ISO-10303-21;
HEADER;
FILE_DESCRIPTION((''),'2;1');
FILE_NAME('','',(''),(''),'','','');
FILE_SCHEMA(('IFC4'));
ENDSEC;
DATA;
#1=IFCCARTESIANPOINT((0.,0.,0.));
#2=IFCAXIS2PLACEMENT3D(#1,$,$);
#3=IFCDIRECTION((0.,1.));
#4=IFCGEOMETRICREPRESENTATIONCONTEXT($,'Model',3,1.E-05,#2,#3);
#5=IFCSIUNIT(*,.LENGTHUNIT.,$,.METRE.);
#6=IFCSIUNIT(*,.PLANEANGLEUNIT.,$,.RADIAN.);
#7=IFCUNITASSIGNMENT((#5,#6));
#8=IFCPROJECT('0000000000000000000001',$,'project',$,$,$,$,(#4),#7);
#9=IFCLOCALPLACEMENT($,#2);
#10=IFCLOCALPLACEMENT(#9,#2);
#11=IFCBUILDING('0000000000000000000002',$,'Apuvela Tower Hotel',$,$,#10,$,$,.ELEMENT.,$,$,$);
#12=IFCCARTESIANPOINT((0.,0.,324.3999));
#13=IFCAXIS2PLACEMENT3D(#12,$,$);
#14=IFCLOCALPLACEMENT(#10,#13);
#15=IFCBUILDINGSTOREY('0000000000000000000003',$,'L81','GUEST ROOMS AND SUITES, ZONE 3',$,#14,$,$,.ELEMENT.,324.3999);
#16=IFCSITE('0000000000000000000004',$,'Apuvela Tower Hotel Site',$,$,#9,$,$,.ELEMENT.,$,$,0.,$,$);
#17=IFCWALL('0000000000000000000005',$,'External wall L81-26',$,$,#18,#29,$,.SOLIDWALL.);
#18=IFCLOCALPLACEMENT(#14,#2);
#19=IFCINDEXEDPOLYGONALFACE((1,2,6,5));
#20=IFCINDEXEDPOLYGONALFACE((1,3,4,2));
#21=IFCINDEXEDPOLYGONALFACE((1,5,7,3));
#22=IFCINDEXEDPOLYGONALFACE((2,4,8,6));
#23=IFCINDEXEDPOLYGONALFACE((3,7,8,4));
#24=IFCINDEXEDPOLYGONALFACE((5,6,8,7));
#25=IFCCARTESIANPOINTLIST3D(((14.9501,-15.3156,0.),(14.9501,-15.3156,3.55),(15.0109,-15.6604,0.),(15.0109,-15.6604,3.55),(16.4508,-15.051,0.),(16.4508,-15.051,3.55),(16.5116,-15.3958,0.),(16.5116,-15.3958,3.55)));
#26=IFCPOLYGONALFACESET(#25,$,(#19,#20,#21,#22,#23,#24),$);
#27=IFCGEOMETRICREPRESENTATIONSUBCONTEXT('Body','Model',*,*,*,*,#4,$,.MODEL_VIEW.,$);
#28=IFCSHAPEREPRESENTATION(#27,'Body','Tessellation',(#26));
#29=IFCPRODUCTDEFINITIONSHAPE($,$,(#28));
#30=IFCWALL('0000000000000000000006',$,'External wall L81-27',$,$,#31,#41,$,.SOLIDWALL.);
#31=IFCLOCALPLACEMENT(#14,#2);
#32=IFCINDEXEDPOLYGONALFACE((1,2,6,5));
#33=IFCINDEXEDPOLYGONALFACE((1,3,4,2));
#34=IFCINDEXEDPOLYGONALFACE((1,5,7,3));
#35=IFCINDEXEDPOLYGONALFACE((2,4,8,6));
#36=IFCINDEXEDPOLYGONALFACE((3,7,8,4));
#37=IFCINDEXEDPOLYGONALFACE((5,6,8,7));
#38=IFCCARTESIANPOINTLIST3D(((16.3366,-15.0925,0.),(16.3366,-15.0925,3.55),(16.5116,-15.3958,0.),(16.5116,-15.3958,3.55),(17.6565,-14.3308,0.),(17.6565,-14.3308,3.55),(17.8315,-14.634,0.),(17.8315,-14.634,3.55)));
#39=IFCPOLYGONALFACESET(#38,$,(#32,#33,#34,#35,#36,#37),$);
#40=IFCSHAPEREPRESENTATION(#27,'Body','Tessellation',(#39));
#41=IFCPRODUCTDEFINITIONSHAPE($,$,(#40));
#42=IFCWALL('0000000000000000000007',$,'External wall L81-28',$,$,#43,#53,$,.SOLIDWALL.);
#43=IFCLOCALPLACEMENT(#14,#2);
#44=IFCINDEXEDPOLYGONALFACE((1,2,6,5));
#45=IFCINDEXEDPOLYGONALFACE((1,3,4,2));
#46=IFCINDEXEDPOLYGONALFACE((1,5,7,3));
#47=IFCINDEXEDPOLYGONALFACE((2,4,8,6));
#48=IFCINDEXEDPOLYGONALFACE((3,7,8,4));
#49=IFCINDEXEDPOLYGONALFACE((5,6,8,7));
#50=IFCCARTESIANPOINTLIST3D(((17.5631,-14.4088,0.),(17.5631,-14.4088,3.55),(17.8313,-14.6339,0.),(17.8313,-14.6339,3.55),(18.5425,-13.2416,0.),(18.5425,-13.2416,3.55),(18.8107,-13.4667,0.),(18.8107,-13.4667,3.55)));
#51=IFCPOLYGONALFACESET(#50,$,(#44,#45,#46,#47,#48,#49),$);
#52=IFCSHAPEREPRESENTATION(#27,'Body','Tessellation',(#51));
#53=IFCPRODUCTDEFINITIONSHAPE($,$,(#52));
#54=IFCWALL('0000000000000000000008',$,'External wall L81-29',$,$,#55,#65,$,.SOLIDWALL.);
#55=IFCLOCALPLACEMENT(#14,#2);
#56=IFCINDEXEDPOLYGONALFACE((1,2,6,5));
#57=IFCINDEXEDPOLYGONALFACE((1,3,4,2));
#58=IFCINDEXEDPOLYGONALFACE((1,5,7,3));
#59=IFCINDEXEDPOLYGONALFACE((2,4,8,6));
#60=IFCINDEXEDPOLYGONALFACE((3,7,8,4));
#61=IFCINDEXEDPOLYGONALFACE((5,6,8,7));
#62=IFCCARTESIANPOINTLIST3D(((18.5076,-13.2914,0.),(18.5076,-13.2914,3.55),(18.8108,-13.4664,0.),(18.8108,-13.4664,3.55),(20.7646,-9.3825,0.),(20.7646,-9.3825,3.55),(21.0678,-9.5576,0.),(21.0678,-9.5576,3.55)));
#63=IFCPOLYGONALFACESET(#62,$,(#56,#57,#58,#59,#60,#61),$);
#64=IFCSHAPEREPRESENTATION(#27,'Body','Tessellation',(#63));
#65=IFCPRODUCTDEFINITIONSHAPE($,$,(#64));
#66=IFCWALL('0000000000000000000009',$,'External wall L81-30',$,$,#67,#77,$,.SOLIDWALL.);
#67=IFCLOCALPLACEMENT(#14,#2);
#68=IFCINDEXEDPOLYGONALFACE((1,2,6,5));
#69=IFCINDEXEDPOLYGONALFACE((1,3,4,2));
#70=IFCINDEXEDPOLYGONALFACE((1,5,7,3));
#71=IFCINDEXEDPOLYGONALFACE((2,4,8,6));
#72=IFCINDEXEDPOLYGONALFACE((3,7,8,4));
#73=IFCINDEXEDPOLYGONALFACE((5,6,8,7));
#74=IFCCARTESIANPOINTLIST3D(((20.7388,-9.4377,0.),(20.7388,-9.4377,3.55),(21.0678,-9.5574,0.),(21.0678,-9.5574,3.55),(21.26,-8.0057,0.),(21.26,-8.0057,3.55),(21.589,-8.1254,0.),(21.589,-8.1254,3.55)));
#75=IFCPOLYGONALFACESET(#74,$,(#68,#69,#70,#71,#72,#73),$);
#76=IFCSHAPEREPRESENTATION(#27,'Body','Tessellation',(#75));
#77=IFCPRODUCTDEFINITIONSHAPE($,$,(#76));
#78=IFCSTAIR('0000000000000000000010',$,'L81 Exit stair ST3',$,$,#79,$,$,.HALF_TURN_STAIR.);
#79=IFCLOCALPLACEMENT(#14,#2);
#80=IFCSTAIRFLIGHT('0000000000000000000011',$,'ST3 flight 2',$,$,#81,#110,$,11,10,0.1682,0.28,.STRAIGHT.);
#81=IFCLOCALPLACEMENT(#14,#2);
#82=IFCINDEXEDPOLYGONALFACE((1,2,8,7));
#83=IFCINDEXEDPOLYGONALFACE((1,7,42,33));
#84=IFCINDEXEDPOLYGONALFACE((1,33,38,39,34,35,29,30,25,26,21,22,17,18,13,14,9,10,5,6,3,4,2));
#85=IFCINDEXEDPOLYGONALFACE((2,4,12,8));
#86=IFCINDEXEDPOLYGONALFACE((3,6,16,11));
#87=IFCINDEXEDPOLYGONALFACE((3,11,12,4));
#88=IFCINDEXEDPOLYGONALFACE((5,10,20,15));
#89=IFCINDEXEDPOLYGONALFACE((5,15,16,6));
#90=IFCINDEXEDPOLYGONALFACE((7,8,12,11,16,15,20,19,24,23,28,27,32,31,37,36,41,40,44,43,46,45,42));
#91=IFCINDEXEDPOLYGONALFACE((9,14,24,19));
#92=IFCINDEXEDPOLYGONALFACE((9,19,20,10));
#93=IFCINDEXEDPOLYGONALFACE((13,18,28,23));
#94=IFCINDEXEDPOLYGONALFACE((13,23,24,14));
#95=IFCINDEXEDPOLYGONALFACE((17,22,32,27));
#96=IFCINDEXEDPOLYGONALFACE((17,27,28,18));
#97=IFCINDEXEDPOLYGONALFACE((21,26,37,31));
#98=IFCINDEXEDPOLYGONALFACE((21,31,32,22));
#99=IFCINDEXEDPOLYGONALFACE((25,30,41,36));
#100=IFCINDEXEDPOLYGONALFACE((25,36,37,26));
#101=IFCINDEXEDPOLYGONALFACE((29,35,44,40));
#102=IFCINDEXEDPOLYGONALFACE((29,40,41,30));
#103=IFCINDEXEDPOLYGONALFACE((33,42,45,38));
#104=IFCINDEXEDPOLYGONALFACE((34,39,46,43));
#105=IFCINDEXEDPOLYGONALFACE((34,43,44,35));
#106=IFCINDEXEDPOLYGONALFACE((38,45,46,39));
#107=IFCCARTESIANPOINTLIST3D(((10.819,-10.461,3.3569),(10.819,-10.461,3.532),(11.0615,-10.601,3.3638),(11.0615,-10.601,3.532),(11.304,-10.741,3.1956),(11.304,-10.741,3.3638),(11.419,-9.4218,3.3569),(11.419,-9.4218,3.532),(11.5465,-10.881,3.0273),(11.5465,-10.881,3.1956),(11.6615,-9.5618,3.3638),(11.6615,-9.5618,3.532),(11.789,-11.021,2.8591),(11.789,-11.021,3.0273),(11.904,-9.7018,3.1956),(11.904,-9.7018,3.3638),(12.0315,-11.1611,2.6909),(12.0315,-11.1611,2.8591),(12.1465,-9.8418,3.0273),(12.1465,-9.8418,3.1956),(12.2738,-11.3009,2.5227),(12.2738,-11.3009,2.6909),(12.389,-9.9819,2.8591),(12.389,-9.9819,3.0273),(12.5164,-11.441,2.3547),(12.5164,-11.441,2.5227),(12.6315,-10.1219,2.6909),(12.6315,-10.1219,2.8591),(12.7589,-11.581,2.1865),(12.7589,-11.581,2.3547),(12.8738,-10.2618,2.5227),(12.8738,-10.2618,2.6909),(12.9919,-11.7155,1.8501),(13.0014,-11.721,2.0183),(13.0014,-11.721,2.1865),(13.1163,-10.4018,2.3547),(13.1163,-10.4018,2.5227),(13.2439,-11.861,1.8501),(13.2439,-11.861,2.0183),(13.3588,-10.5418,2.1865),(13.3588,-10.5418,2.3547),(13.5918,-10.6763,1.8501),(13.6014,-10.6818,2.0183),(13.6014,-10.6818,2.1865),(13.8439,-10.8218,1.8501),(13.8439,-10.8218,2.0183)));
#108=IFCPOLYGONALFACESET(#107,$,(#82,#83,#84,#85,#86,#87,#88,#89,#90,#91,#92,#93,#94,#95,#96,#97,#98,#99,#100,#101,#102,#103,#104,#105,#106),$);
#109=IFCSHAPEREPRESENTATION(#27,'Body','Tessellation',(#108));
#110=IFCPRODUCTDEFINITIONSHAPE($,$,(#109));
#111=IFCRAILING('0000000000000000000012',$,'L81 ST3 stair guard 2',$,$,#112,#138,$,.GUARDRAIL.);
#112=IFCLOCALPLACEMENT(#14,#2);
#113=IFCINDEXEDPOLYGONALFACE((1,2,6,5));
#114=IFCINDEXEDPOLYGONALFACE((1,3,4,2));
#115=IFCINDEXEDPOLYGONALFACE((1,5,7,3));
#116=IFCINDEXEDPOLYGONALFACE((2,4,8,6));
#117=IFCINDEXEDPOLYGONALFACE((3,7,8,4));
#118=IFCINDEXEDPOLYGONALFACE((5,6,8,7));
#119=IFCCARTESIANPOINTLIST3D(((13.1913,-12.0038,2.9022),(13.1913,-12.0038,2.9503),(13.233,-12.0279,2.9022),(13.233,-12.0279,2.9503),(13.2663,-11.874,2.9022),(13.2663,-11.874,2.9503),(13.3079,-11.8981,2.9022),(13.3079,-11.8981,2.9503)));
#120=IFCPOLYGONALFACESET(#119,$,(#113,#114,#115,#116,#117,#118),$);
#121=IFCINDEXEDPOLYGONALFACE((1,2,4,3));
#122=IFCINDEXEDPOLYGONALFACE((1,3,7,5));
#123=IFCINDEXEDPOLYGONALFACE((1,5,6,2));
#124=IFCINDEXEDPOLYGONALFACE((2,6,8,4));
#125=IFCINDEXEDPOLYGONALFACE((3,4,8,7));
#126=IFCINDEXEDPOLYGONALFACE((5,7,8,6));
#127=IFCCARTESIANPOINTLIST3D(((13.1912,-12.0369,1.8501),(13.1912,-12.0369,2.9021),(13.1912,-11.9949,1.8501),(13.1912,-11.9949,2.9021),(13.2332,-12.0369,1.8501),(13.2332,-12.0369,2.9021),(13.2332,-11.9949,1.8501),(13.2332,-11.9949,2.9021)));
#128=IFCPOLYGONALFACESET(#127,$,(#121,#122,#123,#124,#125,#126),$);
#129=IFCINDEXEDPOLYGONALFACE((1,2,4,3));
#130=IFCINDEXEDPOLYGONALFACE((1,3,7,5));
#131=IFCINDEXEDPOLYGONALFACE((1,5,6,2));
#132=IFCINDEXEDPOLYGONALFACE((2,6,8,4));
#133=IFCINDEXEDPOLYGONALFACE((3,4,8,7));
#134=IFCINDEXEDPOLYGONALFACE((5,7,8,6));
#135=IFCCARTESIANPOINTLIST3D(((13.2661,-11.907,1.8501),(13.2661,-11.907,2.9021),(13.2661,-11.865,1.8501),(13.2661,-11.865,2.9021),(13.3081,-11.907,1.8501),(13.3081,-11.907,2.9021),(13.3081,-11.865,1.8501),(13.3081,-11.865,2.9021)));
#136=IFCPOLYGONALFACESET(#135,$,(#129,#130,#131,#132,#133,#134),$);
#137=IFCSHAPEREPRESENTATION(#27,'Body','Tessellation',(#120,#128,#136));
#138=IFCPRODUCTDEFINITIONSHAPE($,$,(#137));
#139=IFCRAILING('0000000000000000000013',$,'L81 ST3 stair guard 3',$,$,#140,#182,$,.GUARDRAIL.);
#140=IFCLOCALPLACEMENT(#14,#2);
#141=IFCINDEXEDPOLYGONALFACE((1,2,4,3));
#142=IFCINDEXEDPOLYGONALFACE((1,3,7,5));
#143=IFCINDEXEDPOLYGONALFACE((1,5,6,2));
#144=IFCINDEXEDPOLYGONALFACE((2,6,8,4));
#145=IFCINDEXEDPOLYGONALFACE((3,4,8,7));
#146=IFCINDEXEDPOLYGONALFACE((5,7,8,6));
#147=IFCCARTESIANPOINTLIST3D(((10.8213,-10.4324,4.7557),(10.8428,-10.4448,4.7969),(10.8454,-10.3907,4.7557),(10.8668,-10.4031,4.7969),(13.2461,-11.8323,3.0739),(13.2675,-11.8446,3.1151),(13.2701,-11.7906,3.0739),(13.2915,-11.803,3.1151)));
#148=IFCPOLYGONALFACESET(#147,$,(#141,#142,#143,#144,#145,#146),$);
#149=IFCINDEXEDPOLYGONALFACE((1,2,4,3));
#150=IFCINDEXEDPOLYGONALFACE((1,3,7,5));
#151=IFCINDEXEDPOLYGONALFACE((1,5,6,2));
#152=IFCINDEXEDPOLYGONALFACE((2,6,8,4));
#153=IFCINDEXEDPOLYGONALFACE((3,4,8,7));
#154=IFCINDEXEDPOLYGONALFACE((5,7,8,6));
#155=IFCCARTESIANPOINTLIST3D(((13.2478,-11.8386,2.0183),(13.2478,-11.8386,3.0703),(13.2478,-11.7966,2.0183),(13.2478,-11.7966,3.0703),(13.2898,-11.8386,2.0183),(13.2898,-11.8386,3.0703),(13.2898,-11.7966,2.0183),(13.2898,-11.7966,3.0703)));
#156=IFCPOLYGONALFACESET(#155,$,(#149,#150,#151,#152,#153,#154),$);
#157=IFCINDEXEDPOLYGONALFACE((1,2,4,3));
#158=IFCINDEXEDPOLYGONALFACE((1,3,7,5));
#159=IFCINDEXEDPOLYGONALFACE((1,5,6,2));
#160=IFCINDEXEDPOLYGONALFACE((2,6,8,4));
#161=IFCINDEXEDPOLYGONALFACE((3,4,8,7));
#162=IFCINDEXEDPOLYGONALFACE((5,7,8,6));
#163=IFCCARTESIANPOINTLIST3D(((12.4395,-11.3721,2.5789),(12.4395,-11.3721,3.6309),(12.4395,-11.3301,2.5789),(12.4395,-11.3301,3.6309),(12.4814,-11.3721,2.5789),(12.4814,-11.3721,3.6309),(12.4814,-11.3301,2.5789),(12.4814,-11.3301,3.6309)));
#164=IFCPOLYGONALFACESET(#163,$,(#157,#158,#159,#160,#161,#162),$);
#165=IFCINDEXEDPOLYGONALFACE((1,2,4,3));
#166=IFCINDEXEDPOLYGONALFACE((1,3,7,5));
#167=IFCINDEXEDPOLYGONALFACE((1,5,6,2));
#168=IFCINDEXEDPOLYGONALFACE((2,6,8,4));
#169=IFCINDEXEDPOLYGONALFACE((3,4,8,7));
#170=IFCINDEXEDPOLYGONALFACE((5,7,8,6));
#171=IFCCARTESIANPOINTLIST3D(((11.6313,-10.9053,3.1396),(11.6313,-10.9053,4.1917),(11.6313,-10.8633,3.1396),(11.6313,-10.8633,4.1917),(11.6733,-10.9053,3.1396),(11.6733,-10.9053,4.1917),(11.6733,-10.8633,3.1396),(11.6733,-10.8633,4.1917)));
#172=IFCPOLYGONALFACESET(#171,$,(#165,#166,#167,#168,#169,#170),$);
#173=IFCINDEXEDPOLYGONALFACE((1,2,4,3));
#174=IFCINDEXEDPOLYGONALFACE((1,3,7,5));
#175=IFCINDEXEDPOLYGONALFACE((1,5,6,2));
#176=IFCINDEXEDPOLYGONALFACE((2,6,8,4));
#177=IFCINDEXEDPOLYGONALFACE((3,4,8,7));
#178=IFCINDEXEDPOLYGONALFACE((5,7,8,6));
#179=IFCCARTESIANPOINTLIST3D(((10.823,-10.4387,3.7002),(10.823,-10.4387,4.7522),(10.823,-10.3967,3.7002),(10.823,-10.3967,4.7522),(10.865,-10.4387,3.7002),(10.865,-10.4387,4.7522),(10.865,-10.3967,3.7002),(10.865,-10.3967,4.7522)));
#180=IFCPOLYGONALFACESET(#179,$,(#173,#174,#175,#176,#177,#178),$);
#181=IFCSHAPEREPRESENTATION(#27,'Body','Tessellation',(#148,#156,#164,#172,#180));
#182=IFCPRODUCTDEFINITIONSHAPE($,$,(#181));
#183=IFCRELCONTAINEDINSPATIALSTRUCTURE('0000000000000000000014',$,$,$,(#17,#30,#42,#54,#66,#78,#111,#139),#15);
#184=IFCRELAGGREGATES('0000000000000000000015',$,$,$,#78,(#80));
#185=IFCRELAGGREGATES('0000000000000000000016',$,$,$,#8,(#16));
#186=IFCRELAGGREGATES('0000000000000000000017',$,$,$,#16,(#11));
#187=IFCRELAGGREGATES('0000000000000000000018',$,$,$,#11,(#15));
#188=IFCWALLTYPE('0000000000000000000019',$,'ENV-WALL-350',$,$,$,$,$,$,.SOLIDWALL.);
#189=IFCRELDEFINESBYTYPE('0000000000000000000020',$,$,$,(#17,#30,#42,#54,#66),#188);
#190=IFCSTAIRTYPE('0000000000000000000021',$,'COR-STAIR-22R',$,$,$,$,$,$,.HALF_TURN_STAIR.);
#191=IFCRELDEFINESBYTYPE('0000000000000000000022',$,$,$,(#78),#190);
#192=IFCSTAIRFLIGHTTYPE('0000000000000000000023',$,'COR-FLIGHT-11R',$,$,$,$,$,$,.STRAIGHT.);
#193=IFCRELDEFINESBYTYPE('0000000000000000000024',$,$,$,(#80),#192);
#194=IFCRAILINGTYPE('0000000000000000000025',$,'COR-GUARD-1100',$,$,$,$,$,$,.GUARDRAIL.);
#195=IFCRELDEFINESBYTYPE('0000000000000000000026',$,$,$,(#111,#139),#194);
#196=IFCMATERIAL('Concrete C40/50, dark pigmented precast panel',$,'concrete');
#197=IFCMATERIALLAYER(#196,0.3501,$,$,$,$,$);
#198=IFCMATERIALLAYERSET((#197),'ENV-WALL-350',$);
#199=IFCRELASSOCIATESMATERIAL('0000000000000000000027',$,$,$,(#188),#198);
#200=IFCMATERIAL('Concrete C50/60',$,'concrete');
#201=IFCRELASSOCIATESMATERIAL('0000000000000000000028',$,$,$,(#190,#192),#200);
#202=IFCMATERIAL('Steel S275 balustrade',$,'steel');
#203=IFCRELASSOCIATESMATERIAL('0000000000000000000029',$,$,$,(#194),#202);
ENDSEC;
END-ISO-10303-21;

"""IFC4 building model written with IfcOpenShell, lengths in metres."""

from ifc_helpers import new_model, si_unit, direction, frame, frame_2d, origin, origin_2d, place, context, subcontext, project, spatial, polyline, rectangle, outline, extrude, material, layer, layer_set, type_object, element, aggregate, save


model = new_model("IFC4")

# Units and contexts
model_context = context("Model", 3, precision=1e-05, world=origin(), true_north=direction((0.0, 1.0)))
body_context = subcontext(model_context, "Body", "Model", "MODEL_VIEW")
ifc_project = project(units=[si_unit("LENGTHUNIT", "METRE"), si_unit("PLANEANGLEUNIT", "RADIAN")], contexts=[model_context])

# Site, building, storey
site_placement = place(None, origin())
site = spatial("IfcSite", under=ifc_project, at=site_placement, Name="Apuvela Tower Hotel Site", CompositionType="ELEMENT", RefElevation=0.0)
building_placement = place(site_placement, origin())
building = spatial("IfcBuilding", under=site, at=building_placement, Name="Apuvela Tower Hotel", CompositionType="ELEMENT")
storey_placement = place(building_placement, frame((0.0, 0.0, 324.3999)))
storey = spatial("IfcBuildingStorey", under=building, at=storey_placement, Name="L81", Description="GUEST ROOMS AND SUITES, ZONE 3", CompositionType="ELEMENT", Elevation=324.3999)

# Shared definitions
ifc_material_1 = material(Name="Concrete C50/60", Category="concrete")

# Shared definitions
ifc_material_2 = material(Name="Concrete C40/50, dark pigmented precast panel", Category="concrete")
ifc_layer_1 = layer(ifc_material_2, 0.3501)
ifc_layer_set_1 = layer_set([ifc_layer_1], Name="ENV-WALL-350")
wall_type_1 = type_object("IfcWallType", Name="ENV-WALL-350", PredefinedType="SOLIDWALL", material=ifc_layer_set_1)

# Walls
for number, where, z_axis, x_axis, name in (
    (1, (14.9805, -15.488, 0.0), (0.0, 0.0, 1.0), (0.984805, 0.173667, 0.0), "External wall L81-26"),
    (2, (16.4241, -15.2441, 0.0), (0.0, 0.0, 1.0), (0.866106, 0.499861, 0.0), "External wall L81-27"),
):
    element("IfcWall", number, at=place(storey_placement, frame(where, z_axis=z_axis, x_axis=x_axis)), inside=storey, type_object=wall_type_1, Name=name, PredefinedType="SOLIDWALL", context=body_context, shape_type="SweptSolid", body=[
        extrude(rectangle(XDim=1.5239, YDim=0.3501, at=frame_2d((0.762, 0.0))), origin(), (0.0, 0.0, 1.0), 3.55),
    ])
wall_1_placement = place(storey_placement, frame((17.6973, -14.5212, 0.0), z_axis=(0.0, 0.0, 1.0), x_axis=(0.642812, 0.766024, 0.0)))
element("IfcWall", 3, at=wall_1_placement, inside=storey, type_object=wall_type_1, Name="External wall L81-28", PredefinedType="SOLIDWALL", context=body_context, shape_type="SweptSolid", body=[
    extrude(rectangle(XDim=1.5237, YDim=0.3501, at=frame_2d((0.7617, 0.0))), origin(), (0.0, 0.0, 1.0), 3.55),
])
wall_2_placement = place(storey_placement, frame((18.6592, -13.3789, 0.0), z_axis=(0.0, 0.0, 1.0), x_axis=(0.500042, 0.866001, 0.0)))
element("IfcWall", 4, at=wall_2_placement, inside=storey, type_object=wall_type_1, Name="External wall L81-29", PredefinedType="SOLIDWALL", context=body_context, shape_type="SweptSolid", body=[
    extrude(rectangle(XDim=4.5137, YDim=0.3501, at=frame_2d((2.2568, 0.0))), origin(), (0.0, 0.0, 1.0), 3.55),
])
wall_3_placement = place(storey_placement, frame((20.9033, -9.4976, 0.0), z_axis=(0.0, 0.0, 1.0), x_axis=(0.342013, 0.939695, 0.0)))
element("IfcWall", 5, at=wall_3_placement, inside=storey, type_object=wall_type_1, Name="External wall L81-30", PredefinedType="SOLIDWALL", context=body_context, shape_type="SweptSolid", body=[
    extrude(rectangle(XDim=1.5239, YDim=0.3501, at=frame_2d((0.762, 0.0))), origin(), (0.0, 0.0, 1.0), 3.55),
])

# Stair, stair flight
stair_type = type_object("IfcStairType", Name="COR-STAIR-22R", PredefinedType="HALF_TURN_STAIR", material=ifc_material_1)
stair_placement = place(storey_placement, origin())
stair = element("IfcStair", 6, at=stair_placement, inside=storey, type_object=stair_type, Name="L81 Exit stair ST3", PredefinedType="HALF_TURN_STAIR")
stair_flight_type = type_object("IfcStairFlightType", Name="COR-FLIGHT-11R", PredefinedType="STRAIGHT", material=ifc_material_1)
stair_flight_placement = place(storey_placement, frame((13.5439, -11.3413, 1.8501), z_axis=(0.0, 0.0, 1.0), x_axis=(-0.866025, 0.5, 0.0)))
stair_flight = element("IfcStairFlight", 7, at=stair_flight_placement, type_object=stair_flight_type, Name="ST3 flight 2", NumberOfRisers=11, NumberOfTreads=10, PredefinedType="STRAIGHT", RiserHeight=0.1682, TreadLength=0.28, context=body_context, shape_type="SweptSolid", body=[
    extrude(outline(polyline([(0.0, 0.0), (0.0, 0.1682), (0.28, 0.1682), (0.28, 0.3364), (0.5601, 0.3364), (0.5601, 0.5046), (0.8401, 0.5046), (0.8401, 0.6726), (1.1201, 0.6726), (1.1201, 0.8408), (1.3999, 0.8408), (1.3999, 1.009), (1.6799, 1.009), (1.6799, 1.1772), (1.96, 1.1772), (1.96, 1.3455), (2.24, 1.3455), (2.24, 1.5137), (2.52, 1.5137), (2.52, 1.6819), (2.8, 1.6819), (2.8, 1.8501), (2.8, 1.5068), (0.291, 0.0), (0.0, 0.0)])), frame((0.0, 0.6001, 0.0), z_axis=(0.0, -1.0, 0.0), x_axis=(1.0, 0.0, 0.0)), (0.0, 0.0, 1.0), 1.2),
])
aggregate(stair, [stair_flight])

# Railings
ifc_material_3 = material(Name="Steel S275 balustrade", Category="steel")
railing_type_1 = type_object("IfcRailingType", Name="COR-GUARD-1100", PredefinedType="GUARDRAIL", material=ifc_material_3)
railing_1_placement = place(storey_placement, frame((13.2122, -12.0159, 1.8501)))
element("IfcRailing", 8, at=railing_1_placement, inside=storey, type_object=railing_type_1, Name="L81 ST3 stair guard 2", PredefinedType="GUARDRAIL", context=body_context, shape_type="SweptSolid", body=[
    extrude(rectangle(XDim=0.0481, YDim=0.0481, at=origin_2d()), frame((0.0, 0.0, 1.0762), z_axis=(0.499816, 0.866131, 0.0), x_axis=(-0.866131, 0.499816, 0.0)), (0.0, 0.0, 1.0), 0.1499),
    extrude(rectangle(XDim=0.042, YDim=0.042, at=origin_2d()), origin(), (0.0, 0.0, 1.0), 1.052),
    extrude(rectangle(XDim=0.042, YDim=0.042, at=origin_2d()), frame((0.075, 0.1299, 0.0)), (0.0, 0.0, 1.0), 1.052),
])
railing_2_placement = place(storey_placement, frame((13.2688, -11.8176, 2.0183)))
element("IfcRailing", 9, at=railing_2_placement, inside=storey, type_object=railing_type_1, Name="L81 ST3 stair guard 3", PredefinedType="GUARDRAIL", context=body_context, shape_type="SweptSolid", body=[
    extrude(rectangle(XDim=0.0481, YDim=0.0481, at=origin_2d()), frame((0.0, 0.0, 1.0762), z_axis=(-0.74239, 0.428601, 0.514934), x_axis=(-0.499984, -0.866035, 0.0)), (0.0, 0.0, 1.0), 3.2661),
    extrude(rectangle(XDim=0.042, YDim=0.042, at=origin_2d()), origin(), (0.0, 0.0, 1.0), 1.052),
    extrude(rectangle(XDim=0.042, YDim=0.042, at=origin_2d()), frame((-0.8083, 0.4666, 0.5605)), (0.0, 0.0, 1.0), 1.052),
    extrude(rectangle(XDim=0.042, YDim=0.042, at=origin_2d()), frame((-1.6165, 0.9333, 1.1213)), (0.0, 0.0, 1.0), 1.052),
    extrude(rectangle(XDim=0.042, YDim=0.042, at=origin_2d()), frame((-2.4248, 1.3999, 1.6819)), (0.0, 0.0, 1.0), 1.052),
])

save(model, "model.ifc")
